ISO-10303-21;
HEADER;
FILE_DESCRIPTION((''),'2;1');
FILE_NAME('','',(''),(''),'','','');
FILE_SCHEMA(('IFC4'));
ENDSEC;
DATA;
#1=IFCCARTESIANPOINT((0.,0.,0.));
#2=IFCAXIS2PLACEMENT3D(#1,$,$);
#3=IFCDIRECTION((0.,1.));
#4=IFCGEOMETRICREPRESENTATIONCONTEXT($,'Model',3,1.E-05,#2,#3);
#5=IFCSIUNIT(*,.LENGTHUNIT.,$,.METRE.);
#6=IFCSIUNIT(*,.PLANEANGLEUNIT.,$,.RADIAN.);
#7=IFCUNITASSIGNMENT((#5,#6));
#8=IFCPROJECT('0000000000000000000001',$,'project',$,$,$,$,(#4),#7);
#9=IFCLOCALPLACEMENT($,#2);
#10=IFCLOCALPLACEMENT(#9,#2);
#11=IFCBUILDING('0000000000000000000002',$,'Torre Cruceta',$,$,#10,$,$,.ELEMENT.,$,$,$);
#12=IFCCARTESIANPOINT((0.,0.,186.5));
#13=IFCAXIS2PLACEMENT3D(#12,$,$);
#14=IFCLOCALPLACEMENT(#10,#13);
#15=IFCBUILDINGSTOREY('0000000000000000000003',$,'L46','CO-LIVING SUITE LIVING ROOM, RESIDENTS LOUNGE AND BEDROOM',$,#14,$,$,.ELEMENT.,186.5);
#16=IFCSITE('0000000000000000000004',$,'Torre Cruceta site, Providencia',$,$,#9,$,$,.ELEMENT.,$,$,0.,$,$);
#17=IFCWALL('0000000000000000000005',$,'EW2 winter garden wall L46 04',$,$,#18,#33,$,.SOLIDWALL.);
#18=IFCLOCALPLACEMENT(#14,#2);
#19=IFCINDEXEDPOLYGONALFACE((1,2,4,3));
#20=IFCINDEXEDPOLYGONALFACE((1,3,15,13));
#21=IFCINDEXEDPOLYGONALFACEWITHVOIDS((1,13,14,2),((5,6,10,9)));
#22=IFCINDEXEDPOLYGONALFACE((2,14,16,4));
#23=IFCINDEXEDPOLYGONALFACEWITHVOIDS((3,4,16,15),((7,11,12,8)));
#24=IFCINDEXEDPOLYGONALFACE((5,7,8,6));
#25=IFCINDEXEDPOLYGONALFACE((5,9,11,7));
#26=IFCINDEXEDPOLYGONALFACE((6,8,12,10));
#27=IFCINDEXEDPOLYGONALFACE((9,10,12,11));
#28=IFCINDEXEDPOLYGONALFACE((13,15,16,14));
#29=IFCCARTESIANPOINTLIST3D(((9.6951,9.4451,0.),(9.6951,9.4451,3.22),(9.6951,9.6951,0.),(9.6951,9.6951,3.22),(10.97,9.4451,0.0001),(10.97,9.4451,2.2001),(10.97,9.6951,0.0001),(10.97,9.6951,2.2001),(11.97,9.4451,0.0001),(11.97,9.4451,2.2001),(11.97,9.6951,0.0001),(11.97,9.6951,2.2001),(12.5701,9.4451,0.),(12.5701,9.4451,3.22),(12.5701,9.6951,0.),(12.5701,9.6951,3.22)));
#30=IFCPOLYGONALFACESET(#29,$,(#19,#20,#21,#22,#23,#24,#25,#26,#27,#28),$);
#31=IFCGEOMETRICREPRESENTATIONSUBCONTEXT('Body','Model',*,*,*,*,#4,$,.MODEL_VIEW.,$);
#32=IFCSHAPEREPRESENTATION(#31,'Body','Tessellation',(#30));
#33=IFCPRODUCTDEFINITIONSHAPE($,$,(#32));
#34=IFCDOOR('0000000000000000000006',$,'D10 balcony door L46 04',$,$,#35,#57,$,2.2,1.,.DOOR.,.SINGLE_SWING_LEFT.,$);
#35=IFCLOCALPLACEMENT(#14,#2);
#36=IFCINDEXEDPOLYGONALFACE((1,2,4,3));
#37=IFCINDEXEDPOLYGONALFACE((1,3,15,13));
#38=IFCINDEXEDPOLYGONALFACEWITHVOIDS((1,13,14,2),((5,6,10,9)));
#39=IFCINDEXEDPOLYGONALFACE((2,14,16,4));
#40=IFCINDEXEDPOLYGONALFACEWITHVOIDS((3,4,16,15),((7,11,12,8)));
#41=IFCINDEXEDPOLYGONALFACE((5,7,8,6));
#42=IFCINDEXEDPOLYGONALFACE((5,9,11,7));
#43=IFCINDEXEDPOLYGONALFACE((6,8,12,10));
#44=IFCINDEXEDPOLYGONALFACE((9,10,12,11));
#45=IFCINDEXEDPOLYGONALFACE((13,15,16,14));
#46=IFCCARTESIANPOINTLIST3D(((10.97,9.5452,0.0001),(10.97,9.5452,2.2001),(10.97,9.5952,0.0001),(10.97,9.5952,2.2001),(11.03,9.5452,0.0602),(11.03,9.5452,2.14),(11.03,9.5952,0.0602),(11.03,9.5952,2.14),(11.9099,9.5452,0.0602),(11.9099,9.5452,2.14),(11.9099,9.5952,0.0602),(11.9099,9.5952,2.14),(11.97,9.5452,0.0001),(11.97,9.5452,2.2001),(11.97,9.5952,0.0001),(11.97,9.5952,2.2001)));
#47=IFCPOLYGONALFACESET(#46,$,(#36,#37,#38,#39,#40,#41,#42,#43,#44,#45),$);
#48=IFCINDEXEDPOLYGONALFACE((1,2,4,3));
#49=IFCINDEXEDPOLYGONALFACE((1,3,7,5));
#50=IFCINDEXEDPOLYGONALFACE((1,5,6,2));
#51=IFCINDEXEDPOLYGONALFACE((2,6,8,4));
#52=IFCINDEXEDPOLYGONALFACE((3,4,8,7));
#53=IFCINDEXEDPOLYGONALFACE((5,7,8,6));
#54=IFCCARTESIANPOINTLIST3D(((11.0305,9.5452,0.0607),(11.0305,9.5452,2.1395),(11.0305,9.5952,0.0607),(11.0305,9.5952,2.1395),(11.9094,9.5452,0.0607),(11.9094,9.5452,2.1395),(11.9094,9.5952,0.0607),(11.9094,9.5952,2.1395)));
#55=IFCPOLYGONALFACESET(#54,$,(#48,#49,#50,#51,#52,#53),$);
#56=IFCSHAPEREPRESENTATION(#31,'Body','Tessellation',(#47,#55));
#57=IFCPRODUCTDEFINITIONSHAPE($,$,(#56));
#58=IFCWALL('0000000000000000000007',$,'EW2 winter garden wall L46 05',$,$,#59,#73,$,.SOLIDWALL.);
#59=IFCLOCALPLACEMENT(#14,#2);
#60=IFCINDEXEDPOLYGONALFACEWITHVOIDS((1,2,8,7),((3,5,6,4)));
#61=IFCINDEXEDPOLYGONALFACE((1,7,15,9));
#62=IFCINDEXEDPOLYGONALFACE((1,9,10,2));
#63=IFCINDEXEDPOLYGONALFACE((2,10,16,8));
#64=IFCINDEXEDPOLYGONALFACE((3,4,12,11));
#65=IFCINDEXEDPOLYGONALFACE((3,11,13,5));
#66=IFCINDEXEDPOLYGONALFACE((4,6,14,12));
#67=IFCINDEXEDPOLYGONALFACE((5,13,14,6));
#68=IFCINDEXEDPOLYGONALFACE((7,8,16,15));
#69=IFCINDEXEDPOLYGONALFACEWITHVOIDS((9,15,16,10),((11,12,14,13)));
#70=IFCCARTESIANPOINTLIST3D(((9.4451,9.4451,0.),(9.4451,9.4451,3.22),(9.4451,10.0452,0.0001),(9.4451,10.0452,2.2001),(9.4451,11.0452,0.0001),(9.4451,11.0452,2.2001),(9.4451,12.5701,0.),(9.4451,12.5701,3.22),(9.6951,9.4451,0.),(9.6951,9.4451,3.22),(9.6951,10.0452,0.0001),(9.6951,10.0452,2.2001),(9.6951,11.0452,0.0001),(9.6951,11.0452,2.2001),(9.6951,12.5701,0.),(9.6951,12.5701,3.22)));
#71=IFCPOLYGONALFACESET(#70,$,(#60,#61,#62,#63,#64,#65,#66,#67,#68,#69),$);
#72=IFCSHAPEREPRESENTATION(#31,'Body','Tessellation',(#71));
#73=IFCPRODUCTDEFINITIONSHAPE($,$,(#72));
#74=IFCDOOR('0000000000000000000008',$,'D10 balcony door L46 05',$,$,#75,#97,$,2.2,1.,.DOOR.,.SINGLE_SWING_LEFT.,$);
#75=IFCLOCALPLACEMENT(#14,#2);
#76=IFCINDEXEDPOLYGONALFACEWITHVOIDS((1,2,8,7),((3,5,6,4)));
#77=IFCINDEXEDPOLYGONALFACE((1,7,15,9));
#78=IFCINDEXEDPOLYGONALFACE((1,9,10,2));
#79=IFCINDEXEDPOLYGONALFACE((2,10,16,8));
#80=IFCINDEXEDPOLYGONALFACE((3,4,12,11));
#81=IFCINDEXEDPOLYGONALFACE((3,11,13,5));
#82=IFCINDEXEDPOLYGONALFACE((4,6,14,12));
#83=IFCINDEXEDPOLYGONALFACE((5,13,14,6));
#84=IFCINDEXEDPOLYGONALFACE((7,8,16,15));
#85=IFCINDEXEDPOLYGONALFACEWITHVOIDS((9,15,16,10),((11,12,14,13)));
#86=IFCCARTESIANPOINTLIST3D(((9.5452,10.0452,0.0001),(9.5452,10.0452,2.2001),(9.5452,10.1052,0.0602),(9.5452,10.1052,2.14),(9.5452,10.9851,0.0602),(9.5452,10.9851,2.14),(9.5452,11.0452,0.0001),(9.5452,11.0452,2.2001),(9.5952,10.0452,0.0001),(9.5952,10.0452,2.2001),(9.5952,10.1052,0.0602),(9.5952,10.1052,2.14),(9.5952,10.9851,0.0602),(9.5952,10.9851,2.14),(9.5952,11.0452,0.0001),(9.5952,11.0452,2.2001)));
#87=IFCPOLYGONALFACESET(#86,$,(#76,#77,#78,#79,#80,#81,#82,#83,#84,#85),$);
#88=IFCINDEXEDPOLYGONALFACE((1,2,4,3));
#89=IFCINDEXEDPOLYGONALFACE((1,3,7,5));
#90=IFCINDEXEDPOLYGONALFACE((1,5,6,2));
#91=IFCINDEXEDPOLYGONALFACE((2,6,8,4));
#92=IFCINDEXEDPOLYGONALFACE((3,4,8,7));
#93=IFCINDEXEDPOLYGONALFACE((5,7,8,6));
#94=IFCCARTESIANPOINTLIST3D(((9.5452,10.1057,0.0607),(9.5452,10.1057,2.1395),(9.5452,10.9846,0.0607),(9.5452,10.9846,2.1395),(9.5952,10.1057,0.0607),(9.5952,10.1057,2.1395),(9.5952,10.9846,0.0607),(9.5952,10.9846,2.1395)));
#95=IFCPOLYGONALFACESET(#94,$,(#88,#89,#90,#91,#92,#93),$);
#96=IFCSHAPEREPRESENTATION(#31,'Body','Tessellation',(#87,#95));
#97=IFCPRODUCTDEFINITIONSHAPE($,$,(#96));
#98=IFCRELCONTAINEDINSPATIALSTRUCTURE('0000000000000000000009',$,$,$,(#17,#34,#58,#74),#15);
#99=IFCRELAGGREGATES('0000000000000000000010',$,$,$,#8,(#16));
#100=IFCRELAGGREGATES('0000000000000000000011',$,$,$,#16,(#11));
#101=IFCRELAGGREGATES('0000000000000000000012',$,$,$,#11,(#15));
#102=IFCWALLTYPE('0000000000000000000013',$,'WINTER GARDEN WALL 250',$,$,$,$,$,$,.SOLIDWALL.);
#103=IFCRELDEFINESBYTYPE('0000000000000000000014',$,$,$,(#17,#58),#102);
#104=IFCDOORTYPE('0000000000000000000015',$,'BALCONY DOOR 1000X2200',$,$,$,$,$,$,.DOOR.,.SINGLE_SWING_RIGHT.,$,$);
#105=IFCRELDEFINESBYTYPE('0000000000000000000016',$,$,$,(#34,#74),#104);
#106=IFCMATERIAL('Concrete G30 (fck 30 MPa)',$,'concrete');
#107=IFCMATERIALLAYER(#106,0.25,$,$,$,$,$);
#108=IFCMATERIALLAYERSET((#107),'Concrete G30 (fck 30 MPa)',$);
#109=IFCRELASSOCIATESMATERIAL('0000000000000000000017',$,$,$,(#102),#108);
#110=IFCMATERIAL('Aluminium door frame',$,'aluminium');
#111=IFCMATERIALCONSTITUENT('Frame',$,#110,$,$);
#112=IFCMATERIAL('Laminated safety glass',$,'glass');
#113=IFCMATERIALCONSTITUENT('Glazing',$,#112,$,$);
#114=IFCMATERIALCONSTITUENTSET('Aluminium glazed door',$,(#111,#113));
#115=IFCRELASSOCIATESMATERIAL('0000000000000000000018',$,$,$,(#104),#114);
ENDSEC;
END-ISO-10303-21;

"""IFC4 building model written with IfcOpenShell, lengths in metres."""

from ifc_helpers import new_model, si_unit, direction, frame, frame_2d, origin, place, context, subcontext, project, spatial, rectangle, hollow_rectangle, extrude, material, layer, layer_set, constituent, constituent_set, type_object, element, fill, save


model = new_model("IFC4")

# Units and contexts
model_context = context("Model", 3, precision=1e-05, world=origin(), true_north=direction((0.0, 1.0)))
body_context = subcontext(model_context, "Body", "Model", "MODEL_VIEW")
ifc_project = project(units=[si_unit("LENGTHUNIT", "METRE"), si_unit("PLANEANGLEUNIT", "RADIAN")], contexts=[model_context])

# Site, building, storey
site_placement = place(None, origin())
site = spatial("IfcSite", under=ifc_project, at=site_placement, Name="Torre Cruceta site, Providencia", CompositionType="ELEMENT", RefElevation=0.0)
building_placement = place(site_placement, origin())
building = spatial("IfcBuilding", under=site, at=building_placement, Name="Torre Cruceta", CompositionType="ELEMENT")
storey_placement = place(building_placement, frame((0.0, 0.0, 186.5)))
storey = spatial("IfcBuildingStorey", under=building, at=storey_placement, Name="L46", Description="CO-LIVING SUITE LIVING ROOM, RESIDENTS LOUNGE AND BEDROOM", CompositionType="ELEMENT", Elevation=186.5)

# Walls, openings, doors
ifc_material_1 = material(Name="Concrete G30 (fck 30 MPa)", Category="concrete")
ifc_layer_1 = layer(ifc_material_1, 0.25)
ifc_layer_set_1 = layer_set([ifc_layer_1], Name="Concrete G30 (fck 30 MPa)")
wall_type_1 = type_object("IfcWallType", Name="WINTER GARDEN WALL 250", PredefinedType="SOLIDWALL", material=ifc_layer_set_1)
wall_1_placement = place(storey_placement, frame((12.5701, 9.5701, 0.0), z_axis=(0.0, 0.0, 1.0), x_axis=(-1.0, 0.0, 0.0)))
wall_1 = element("IfcWall", 1, at=wall_1_placement, inside=storey, type_object=wall_type_1, Name="EW2 winter garden wall L46 04", PredefinedType="SOLIDWALL", context=body_context, shape_type="SweptSolid", body=[
    extrude(rectangle(XDim=2.875, YDim=0.25, at=frame_2d((1.4375, 0.0))), origin(), (0.0, 0.0, 1.0), 3.22),
])
opening_1_placement = place(wall_1_placement, frame((0.6001, 0.0, 0.0)))
opening_1 = element("IfcOpeningElement", 2, at=opening_1_placement, cuts=wall_1, PredefinedType="OPENING", context=body_context, shape_type="SweptSolid", body=[
    extrude(rectangle(XDim=1.0, YDim=2.2, at=frame_2d((0.5, 1.1001))), frame((0.0, 0.135, 0.0), z_axis=(0.0, -1.0, 0.0), x_axis=(1.0, 0.0, 0.0)), (0.0, 0.0, 1.0), 0.27),
])
ifc_material_2 = material(Name="Aluminium door frame", Category="aluminium")
ifc_constituent_1 = constituent(ifc_material_2, Name="Frame")
ifc_material_3 = material(Name="Laminated safety glass", Category="glass")
ifc_constituent_2 = constituent(ifc_material_3, Name="Glazing")
ifc_constituent_set_1 = constituent_set(constituents=[ifc_constituent_1, ifc_constituent_2], Name="Aluminium glazed door")
door_type_1 = type_object("IfcDoorType", Name="BALCONY DOOR 1000X2200", OperationType="SINGLE_SWING_RIGHT", PredefinedType="DOOR", material=ifc_constituent_set_1)
door_1_placement = place(opening_1_placement, origin())
door_1 = element("IfcDoor", 3, at=door_1_placement, inside=storey, type_object=door_type_1, Name="D10 balcony door L46 04", OperationType="SINGLE_SWING_LEFT", OverallHeight=2.2, OverallWidth=1.0, PredefinedType="DOOR", context=body_context, shape_type="SweptSolid", body=[
    extrude(hollow_rectangle(XDim=1.0, YDim=2.2, WallThickness=0.0601, at=frame_2d((0.5, 1.1001))), frame((0.0, 0.0249, 0.0), z_axis=(0.0, -1.0, 0.0), x_axis=(1.0, 0.0, 0.0)), (0.0, 0.0, 1.0), 0.05),
    extrude(rectangle(XDim=0.8789, YDim=2.0789, at=frame_2d((0.5, 1.1001))), frame((0.0, 0.0249, 0.0), z_axis=(0.0, -1.0, 0.0), x_axis=(1.0, 0.0, 0.0)), (0.0, 0.0, 1.0), 0.05),
])
fill(opening_1, door_1)
wall_2_placement = place(storey_placement, frame((9.5701, 9.4451, 0.0), z_axis=(0.0, 0.0, 1.0), x_axis=(0.0, 1.0, 0.0)))
wall_2 = element("IfcWall", 4, at=wall_2_placement, inside=storey, type_object=wall_type_1, Name="EW2 winter garden wall L46 05", PredefinedType="SOLIDWALL", context=body_context, shape_type="SweptSolid", body=[
    extrude(rectangle(XDim=3.125, YDim=0.25, at=frame_2d((1.5625, 0.0))), origin(), (0.0, 0.0, 1.0), 3.22),
])
opening_2_placement = place(wall_2_placement, frame((0.6001, 0.0, 0.0)))
opening_2 = element("IfcOpeningElement", 5, at=opening_2_placement, cuts=wall_2, PredefinedType="OPENING", context=body_context, shape_type="SweptSolid", body=[
    extrude(rectangle(XDim=1.0, YDim=2.2, at=frame_2d((0.5, 1.1001))), frame((0.0, 0.135, 0.0), z_axis=(0.0, -1.0, 0.0), x_axis=(1.0, 0.0, 0.0)), (0.0, 0.0, 1.0), 0.27),
])
door_2_placement = place(opening_2_placement, origin())
door_2 = element("IfcDoor", 6, at=door_2_placement, inside=storey, type_object=door_type_1, Name="D10 balcony door L46 05", OperationType="SINGLE_SWING_LEFT", OverallHeight=2.2, OverallWidth=1.0, PredefinedType="DOOR", context=body_context, shape_type="SweptSolid", body=[
    extrude(hollow_rectangle(XDim=1.0, YDim=2.2, WallThickness=0.0601, at=frame_2d((0.5, 1.1001))), frame((0.0, 0.0249, 0.0), z_axis=(0.0, -1.0, 0.0), x_axis=(1.0, 0.0, 0.0)), (0.0, 0.0, 1.0), 0.05),
    extrude(rectangle(XDim=0.8789, YDim=2.0789, at=frame_2d((0.5, 1.1001))), frame((0.0, 0.0249, 0.0), z_axis=(0.0, -1.0, 0.0), x_axis=(1.0, 0.0, 0.0)), (0.0, 0.0, 1.0), 0.05),
])
fill(opening_2, door_2)

save(model, "model.ifc")
